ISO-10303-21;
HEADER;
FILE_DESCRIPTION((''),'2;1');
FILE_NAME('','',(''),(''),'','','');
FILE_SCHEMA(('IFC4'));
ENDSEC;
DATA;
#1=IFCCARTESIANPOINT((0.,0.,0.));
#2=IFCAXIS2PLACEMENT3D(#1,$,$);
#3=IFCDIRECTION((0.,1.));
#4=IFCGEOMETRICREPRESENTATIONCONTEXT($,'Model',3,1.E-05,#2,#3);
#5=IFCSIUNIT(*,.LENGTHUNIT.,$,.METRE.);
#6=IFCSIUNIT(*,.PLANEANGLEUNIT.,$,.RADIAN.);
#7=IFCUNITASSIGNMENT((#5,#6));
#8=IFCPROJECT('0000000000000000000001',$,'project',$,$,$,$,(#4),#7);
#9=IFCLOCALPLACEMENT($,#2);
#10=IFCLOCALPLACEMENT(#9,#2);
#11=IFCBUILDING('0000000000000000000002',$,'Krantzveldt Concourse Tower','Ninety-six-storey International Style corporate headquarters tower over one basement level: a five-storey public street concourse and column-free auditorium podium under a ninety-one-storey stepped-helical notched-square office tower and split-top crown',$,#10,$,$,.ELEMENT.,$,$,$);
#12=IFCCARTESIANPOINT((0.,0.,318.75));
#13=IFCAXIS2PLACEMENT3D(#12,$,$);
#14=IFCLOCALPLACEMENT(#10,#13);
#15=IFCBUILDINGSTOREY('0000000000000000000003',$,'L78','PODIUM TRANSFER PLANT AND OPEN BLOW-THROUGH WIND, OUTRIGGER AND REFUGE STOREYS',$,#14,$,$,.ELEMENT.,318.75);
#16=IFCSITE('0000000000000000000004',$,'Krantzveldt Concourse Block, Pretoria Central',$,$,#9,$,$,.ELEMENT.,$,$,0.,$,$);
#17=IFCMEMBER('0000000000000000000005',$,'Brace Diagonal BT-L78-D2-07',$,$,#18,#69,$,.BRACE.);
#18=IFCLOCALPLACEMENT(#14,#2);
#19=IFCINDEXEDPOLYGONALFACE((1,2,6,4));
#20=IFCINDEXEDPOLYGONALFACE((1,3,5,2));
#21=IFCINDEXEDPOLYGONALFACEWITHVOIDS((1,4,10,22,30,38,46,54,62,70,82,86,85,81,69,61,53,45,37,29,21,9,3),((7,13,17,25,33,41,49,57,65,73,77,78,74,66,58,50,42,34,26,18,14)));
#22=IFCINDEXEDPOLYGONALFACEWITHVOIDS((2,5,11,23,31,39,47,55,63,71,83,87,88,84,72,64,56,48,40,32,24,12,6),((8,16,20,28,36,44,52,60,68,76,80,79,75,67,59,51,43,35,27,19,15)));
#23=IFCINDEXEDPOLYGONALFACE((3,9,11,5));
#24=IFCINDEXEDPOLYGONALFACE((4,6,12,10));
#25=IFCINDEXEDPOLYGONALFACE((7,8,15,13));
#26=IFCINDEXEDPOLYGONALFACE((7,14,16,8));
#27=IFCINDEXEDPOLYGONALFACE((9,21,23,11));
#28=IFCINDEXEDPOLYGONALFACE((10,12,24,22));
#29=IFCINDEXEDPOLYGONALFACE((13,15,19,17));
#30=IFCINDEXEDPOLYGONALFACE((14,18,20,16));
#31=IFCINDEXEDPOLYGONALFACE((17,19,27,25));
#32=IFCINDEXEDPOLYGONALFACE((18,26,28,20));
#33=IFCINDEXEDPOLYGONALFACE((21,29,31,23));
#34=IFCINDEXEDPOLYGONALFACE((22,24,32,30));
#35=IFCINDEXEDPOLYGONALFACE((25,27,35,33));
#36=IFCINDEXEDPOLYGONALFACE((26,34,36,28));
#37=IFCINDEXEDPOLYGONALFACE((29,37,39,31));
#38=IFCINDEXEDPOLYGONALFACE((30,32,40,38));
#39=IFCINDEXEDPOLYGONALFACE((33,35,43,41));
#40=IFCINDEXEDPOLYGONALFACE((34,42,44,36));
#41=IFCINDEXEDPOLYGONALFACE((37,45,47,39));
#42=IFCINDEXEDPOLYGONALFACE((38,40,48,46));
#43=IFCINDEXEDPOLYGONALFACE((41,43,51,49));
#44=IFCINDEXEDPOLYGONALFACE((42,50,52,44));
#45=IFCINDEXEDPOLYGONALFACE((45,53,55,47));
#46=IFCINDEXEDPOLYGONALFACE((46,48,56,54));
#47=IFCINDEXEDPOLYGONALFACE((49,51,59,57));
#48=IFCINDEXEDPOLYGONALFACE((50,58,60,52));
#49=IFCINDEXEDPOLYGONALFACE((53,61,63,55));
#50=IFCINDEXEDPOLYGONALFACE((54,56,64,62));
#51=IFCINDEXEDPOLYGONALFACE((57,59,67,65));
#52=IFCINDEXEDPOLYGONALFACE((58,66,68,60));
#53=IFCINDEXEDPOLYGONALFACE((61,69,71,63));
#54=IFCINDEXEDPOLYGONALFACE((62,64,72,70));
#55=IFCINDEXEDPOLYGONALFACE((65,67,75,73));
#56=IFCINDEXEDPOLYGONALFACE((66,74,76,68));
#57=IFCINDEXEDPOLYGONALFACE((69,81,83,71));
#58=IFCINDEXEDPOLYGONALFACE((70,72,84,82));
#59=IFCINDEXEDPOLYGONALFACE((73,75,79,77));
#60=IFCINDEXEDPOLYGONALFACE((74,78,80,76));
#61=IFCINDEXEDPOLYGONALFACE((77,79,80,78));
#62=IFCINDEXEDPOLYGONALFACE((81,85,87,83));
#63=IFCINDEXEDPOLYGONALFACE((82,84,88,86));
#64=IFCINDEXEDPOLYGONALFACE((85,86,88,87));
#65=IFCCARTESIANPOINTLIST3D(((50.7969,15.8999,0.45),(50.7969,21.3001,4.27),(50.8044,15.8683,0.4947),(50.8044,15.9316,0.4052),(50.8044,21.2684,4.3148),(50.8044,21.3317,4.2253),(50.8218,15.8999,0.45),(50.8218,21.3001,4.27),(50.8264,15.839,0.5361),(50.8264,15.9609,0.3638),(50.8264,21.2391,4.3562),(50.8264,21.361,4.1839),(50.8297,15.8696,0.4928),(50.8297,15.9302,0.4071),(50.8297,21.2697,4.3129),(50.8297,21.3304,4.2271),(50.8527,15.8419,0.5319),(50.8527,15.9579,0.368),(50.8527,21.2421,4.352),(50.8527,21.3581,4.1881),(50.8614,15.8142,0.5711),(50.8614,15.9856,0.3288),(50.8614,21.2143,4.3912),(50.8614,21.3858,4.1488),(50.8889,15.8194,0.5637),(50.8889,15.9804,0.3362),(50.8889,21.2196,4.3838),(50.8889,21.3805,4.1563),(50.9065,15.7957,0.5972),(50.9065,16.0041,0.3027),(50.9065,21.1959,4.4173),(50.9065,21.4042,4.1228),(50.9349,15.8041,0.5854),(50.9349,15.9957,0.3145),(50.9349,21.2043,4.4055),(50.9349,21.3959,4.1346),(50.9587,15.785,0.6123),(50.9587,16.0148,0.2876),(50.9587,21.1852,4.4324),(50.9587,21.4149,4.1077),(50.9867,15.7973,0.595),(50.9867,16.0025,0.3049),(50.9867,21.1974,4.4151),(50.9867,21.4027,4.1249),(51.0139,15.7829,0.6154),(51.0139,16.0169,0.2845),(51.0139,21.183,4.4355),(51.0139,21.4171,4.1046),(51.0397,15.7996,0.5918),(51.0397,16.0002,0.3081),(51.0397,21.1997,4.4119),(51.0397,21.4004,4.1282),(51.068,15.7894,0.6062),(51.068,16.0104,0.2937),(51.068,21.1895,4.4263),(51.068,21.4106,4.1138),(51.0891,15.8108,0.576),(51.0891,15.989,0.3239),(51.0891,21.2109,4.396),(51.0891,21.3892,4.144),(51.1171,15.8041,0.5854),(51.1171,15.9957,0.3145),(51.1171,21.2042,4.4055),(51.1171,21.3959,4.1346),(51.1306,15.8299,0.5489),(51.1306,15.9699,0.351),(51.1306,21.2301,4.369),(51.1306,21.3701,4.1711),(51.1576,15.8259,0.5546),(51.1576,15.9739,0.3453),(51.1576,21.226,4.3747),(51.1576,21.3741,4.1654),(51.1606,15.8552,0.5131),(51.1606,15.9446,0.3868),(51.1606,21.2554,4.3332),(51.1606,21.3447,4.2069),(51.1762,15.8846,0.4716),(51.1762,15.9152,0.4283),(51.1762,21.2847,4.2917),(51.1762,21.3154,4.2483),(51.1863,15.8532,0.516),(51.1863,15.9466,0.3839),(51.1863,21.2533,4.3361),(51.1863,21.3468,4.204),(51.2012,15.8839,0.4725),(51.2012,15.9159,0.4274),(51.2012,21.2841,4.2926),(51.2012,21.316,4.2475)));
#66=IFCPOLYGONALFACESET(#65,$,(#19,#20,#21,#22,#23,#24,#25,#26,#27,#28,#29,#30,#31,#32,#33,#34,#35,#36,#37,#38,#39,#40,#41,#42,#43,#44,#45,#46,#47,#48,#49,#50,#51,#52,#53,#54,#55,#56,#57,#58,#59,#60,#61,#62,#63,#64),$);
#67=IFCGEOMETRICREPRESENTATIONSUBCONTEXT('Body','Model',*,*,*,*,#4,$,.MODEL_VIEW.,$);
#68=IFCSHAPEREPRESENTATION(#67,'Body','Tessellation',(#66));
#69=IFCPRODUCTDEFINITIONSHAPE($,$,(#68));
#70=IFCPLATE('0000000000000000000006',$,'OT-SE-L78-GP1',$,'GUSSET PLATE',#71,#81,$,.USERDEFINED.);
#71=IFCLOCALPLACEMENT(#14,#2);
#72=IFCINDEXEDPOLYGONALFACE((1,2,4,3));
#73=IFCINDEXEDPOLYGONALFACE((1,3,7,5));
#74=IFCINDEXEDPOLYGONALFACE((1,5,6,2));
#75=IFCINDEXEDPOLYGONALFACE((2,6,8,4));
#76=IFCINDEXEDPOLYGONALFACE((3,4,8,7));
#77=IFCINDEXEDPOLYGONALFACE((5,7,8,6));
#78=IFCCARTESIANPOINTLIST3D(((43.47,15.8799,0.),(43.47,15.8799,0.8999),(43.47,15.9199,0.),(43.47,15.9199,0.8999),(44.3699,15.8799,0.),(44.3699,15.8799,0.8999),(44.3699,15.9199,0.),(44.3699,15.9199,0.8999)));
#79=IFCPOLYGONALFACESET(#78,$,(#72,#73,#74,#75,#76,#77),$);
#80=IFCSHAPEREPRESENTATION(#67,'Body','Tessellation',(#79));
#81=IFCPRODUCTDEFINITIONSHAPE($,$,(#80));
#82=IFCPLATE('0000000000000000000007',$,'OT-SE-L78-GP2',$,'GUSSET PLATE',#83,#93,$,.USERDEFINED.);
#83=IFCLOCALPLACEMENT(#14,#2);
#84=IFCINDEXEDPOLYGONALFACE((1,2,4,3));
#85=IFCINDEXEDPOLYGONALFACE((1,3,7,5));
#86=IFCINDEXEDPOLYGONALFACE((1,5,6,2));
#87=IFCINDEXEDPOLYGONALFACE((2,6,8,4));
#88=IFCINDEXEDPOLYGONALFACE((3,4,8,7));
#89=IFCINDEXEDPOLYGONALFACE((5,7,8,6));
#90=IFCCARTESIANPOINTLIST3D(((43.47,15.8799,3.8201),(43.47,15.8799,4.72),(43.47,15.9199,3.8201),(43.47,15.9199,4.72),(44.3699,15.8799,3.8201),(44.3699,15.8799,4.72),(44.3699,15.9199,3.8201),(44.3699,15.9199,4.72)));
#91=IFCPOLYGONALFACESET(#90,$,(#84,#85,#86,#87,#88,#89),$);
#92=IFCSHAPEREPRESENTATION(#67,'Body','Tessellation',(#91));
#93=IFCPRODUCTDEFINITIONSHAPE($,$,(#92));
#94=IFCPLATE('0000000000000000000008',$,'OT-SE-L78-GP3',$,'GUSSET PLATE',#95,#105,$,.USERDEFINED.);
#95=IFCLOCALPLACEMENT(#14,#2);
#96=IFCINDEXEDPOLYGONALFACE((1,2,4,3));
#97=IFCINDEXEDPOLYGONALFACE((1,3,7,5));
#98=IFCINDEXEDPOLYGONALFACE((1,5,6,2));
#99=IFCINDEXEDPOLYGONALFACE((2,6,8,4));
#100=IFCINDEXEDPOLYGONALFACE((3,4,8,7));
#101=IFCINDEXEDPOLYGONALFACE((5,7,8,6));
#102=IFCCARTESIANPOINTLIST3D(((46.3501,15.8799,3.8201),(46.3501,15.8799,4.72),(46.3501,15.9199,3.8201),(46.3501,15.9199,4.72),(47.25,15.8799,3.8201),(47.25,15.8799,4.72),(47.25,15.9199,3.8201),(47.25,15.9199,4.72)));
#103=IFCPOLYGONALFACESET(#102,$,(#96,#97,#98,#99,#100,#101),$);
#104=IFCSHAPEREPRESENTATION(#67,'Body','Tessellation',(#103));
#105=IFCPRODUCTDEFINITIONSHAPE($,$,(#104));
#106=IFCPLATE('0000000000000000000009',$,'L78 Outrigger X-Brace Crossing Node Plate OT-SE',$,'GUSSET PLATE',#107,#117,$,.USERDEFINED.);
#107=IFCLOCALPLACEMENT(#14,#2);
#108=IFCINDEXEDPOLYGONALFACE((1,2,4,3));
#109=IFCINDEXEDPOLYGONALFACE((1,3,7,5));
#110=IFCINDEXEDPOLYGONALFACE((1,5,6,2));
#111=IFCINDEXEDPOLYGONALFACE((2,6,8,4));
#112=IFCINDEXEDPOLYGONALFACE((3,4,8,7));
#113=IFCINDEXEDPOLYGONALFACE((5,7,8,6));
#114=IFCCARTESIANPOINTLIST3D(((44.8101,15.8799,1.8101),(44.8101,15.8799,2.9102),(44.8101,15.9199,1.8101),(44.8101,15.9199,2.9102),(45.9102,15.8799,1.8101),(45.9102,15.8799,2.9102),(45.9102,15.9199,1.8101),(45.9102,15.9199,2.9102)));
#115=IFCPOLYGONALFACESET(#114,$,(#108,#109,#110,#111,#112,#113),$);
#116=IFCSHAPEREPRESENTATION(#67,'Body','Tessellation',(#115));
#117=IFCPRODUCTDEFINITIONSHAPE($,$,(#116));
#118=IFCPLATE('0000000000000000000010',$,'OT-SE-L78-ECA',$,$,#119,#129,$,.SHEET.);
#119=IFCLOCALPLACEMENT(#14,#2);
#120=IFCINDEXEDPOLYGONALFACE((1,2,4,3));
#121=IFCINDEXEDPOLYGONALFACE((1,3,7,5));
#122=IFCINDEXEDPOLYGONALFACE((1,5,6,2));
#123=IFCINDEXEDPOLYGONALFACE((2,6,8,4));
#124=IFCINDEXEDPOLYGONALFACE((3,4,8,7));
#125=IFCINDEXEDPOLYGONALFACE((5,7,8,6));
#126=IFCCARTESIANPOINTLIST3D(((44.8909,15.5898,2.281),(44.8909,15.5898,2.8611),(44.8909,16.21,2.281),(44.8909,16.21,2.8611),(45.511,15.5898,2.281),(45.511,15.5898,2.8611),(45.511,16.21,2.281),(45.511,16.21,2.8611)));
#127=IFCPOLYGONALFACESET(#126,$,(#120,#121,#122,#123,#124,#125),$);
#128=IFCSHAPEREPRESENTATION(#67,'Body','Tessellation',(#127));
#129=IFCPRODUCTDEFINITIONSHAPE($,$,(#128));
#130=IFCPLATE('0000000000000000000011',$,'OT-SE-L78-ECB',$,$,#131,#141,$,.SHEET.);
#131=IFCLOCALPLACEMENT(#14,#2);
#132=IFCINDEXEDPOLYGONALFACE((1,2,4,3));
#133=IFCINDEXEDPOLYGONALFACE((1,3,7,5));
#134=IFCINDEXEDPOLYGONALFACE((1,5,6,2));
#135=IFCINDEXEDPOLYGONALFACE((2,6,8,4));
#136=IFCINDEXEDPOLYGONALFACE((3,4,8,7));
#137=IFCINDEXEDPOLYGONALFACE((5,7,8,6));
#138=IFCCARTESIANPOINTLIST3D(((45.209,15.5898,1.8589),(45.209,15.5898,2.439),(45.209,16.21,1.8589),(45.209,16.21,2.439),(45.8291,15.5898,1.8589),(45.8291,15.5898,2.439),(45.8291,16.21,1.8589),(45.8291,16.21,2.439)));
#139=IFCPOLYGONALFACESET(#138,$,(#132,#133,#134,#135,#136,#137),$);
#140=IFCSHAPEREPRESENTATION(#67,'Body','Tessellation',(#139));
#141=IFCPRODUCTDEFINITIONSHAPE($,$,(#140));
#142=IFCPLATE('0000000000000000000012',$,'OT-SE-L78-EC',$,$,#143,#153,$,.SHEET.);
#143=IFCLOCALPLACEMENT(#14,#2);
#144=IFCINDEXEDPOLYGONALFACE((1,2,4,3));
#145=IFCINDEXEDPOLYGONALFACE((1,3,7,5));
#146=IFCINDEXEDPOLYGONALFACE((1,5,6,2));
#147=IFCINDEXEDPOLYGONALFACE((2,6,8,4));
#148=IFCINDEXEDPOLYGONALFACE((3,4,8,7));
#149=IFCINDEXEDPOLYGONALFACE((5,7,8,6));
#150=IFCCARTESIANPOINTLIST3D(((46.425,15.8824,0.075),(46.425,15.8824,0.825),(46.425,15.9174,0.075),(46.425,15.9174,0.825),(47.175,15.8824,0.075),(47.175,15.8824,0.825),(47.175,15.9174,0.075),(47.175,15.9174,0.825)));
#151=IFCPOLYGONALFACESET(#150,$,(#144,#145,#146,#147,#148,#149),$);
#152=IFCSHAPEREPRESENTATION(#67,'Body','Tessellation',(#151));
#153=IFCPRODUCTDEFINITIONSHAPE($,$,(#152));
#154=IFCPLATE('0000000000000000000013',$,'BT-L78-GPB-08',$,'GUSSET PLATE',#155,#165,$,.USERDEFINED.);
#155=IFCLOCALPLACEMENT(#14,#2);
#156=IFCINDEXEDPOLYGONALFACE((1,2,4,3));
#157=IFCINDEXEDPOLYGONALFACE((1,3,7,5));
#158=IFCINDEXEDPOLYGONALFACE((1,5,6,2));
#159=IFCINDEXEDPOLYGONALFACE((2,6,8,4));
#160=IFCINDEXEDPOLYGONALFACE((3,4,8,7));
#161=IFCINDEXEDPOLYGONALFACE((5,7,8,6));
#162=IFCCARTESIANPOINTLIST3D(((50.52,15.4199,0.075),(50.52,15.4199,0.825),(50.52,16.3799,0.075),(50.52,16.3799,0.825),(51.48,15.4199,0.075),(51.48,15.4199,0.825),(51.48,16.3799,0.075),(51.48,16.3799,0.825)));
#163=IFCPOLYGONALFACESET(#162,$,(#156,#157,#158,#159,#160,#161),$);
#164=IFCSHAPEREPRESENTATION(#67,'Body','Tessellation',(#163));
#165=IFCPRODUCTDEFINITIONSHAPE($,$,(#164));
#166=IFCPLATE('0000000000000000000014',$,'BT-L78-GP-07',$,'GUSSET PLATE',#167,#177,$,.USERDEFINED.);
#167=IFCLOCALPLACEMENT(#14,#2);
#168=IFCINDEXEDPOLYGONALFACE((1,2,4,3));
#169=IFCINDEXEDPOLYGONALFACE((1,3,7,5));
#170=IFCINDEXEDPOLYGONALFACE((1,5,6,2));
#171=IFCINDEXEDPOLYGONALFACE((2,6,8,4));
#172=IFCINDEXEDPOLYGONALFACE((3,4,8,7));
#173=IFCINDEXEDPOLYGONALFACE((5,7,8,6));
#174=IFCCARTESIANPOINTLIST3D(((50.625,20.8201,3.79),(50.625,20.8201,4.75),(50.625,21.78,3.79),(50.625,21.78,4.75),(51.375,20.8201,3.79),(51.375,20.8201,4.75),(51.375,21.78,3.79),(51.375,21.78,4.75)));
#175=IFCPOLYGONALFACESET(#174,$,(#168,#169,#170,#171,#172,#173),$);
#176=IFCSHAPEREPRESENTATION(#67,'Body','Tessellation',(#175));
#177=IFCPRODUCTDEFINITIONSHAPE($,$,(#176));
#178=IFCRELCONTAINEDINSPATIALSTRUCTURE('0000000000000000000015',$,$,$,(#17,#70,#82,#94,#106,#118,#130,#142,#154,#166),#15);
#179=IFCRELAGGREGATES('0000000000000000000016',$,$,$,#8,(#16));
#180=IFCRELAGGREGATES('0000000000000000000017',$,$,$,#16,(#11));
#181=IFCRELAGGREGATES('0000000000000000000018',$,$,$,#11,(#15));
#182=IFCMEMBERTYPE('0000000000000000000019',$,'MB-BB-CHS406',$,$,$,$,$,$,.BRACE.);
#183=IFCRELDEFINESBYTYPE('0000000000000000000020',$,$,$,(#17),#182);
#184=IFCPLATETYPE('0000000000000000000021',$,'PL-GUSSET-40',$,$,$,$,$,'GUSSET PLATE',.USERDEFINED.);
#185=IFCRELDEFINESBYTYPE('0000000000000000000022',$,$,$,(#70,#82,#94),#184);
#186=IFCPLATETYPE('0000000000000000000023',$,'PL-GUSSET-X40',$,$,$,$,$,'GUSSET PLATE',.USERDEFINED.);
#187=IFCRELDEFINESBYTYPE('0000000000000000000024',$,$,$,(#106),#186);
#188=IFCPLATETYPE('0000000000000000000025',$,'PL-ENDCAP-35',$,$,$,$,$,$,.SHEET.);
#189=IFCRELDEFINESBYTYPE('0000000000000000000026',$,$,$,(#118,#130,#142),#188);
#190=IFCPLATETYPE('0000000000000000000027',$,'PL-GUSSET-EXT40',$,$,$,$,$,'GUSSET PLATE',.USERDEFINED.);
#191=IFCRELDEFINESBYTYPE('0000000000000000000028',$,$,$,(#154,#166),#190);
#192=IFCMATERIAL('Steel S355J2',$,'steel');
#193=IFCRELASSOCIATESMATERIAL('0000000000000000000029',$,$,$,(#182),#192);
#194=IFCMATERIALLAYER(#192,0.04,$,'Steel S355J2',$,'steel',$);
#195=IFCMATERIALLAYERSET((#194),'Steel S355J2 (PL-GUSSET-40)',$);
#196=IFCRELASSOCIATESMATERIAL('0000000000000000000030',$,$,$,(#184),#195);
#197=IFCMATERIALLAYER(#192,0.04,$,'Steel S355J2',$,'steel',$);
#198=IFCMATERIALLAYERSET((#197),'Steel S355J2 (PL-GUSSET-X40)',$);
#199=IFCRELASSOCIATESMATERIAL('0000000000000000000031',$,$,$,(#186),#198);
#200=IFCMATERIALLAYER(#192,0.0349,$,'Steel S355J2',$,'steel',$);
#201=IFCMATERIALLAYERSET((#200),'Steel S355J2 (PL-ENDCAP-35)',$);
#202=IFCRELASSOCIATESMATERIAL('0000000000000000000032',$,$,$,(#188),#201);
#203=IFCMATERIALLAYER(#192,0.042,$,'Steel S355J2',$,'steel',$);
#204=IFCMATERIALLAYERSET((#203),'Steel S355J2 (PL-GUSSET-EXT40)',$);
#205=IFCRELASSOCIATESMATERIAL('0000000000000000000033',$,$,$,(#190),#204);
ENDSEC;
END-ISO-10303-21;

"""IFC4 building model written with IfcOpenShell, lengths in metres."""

from ifc_helpers import new_model, si_unit, direction, frame, origin, origin_2d, place, context, subcontext, project, spatial, rectangle, hollow_circle, extrude, source, transform, mapped, material, layer, layer_set, material_profile, profile_set, type_object, type_shapes, element, save


model = new_model("IFC4")

# Units and contexts
model_context = context("Model", 3, precision=1e-05, world=origin(), true_north=direction((0.0, 1.0)))
body_context = subcontext(model_context, "Body", "Model", "MODEL_VIEW")
ifc_project = project(units=[si_unit("LENGTHUNIT", "METRE"), si_unit("PLANEANGLEUNIT", "RADIAN")], contexts=[model_context])

# Site, building, storey
site_placement = place(None, origin())
site = spatial("IfcSite", under=ifc_project, at=site_placement, Name="Krantzveldt Concourse Block, Pretoria Central", CompositionType="ELEMENT", RefElevation=0.0)
building_placement = place(site_placement, origin())
building = spatial("IfcBuilding", under=site, at=building_placement, Name="Krantzveldt Concourse Tower", Description="Ninety-six-storey International Style corporate headquarters tower over one basement level: a five-storey public street concourse and column-free auditorium podium under a ninety-one-storey stepped-helical notched-square office tower and split-top crown", CompositionType="ELEMENT")
storey_placement = place(building_placement, frame((0.0, 0.0, 318.75)))
storey = spatial("IfcBuildingStorey", under=building, at=storey_placement, Name="L78", Description="PODIUM TRANSFER PLANT AND OPEN BLOW-THROUGH WIND, OUTRIGGER AND REFUGE STOREYS", CompositionType="ELEMENT", Elevation=318.75)

# Shared definitions
ifc_material_1 = material(Name="Steel S355J2", Category="steel")

# Member
ifc_material_profile_1 = material_profile(ifc_material_1, hollow_circle(Radius=0.2031, WallThickness=0.0249, at=origin_2d()), Name="Steel S355J2", Category="steel")
ifc_profile_set_1 = profile_set([ifc_material_profile_1], Name="Steel S355J2 - CHS 406.4x25")
member_type_1 = type_object("IfcMemberType", Name="MB-BB-CHS406", PredefinedType="BRACE", material=ifc_profile_set_1)
shared_shape_1 = source(origin(), body_context, "Body", "SweptSolid", [
    extrude(hollow_circle(Radius=0.2031, WallThickness=0.0249, at=origin_2d()), origin(), (0.0, 0.0, 1.0), 6.6147),
])
type_shapes(member_type_1, [shared_shape_1])
member_1_placement = place(storey_placement, frame((51.0, 15.8999, 0.45), z_axis=(0.0, 0.816383, 0.57751), x_axis=(-1.0, 0.0, 0.0)))
element("IfcMember", 1, at=member_1_placement, inside=storey, type_object=member_type_1, Name="Brace Diagonal BT-L78-D2-07", PredefinedType="BRACE", context=body_context, shape_type="MappedRepresentation", body=[
    mapped(shared_shape_1, transform((0.0, 0.0, 0.0), x_axis=(1.0, 0.0, 0.0), y_axis=(0.0, 1.0, 0.0), z_axis=(0.0, 0.0, 1.0), scale=1.0)),
])

# Plates
ifc_layer_1 = layer(ifc_material_1, 0.04, Name="Steel S355J2", Category="steel")
ifc_layer_set_1 = layer_set([ifc_layer_1], Name="Steel S355J2 (PL-GUSSET-40)")
plate_type_1 = type_object("IfcPlateType", Name="PL-GUSSET-40", ElementType="GUSSET PLATE", PredefinedType="USERDEFINED", material=ifc_layer_set_1)
shared_shape_2 = source(origin(), body_context, "Body", "SweptSolid", [
    extrude(rectangle(XDim=0.8999, YDim=0.04, at=origin_2d()), origin(), (0.0, 0.0, 1.0), 0.8999),
])
type_shapes(plate_type_1, [shared_shape_2])
for number, where, z_axis, x_axis, name in (
    (2, (43.9199, 15.8999, 0.0), (0.0, 0.0, 1.0), (1.0, 0.0, 0.0), "OT-SE-L78-GP1"),
    (3, (43.9199, 15.8999, 3.8201), (0.0, 0.0, 1.0), (1.0, 0.0, 0.0), "OT-SE-L78-GP2"),
    (4, (46.8, 15.8999, 3.8201), (0.0, 0.0, 1.0), (1.0, 0.0, 0.0), "OT-SE-L78-GP3"),
):
    element("IfcPlate", number, at=place(storey_placement, frame(where, z_axis=z_axis, x_axis=x_axis)), inside=storey, type_object=plate_type_1, Name=name, ObjectType="GUSSET PLATE", PredefinedType="USERDEFINED", context=body_context, shape_type="MappedRepresentation", body=[
        mapped(shared_shape_2, transform((0.0, 0.0, 0.0), x_axis=(1.0, 0.0, 0.0), y_axis=(0.0, 1.0, 0.0), z_axis=(0.0, 0.0, 1.0), scale=1.0)),
    ])
ifc_layer_2 = layer(ifc_material_1, 0.04, Name="Steel S355J2", Category="steel")
ifc_layer_set_2 = layer_set([ifc_layer_2], Name="Steel S355J2 (PL-GUSSET-X40)")
plate_type_2 = type_object("IfcPlateType", Name="PL-GUSSET-X40", ElementType="GUSSET PLATE", PredefinedType="USERDEFINED", material=ifc_layer_set_2)
shared_shape_3 = source(origin(), body_context, "Body", "SweptSolid", [
    extrude(rectangle(XDim=1.1001, YDim=0.04, at=origin_2d()), origin(), (0.0, 0.0, 1.0), 1.1001),
])
type_shapes(plate_type_2, [shared_shape_3])
plate_1_placement = place(storey_placement, frame((45.3601, 15.8999, 1.8101), z_axis=(0.0, 0.0, 1.0), x_axis=(1.0, 0.0, 0.0)))
element("IfcPlate", 5, at=plate_1_placement, inside=storey, type_object=plate_type_2, Name="L78 Outrigger X-Brace Crossing Node Plate OT-SE", ObjectType="GUSSET PLATE", PredefinedType="USERDEFINED", context=body_context, shape_type="MappedRepresentation", body=[
    mapped(shared_shape_3, transform((0.0, 0.0, 0.0), x_axis=(1.0, 0.0, 0.0), y_axis=(0.0, 1.0, 0.0), z_axis=(0.0, 0.0, 1.0), scale=1.0)),
])
ifc_layer_3 = layer(ifc_material_1, 0.0349, Name="Steel S355J2", Category="steel")
ifc_layer_set_3 = layer_set([ifc_layer_3], Name="Steel S355J2 (PL-ENDCAP-35)")
plate_type_3 = type_object("IfcPlateType", Name="PL-ENDCAP-35", PredefinedType="SHEET", material=ifc_layer_set_3)
shared_shape_4 = source(origin(), body_context, "Body", "SweptSolid", [
    extrude(rectangle(XDim=0.6201, YDim=0.6201, at=origin_2d()), origin(), (0.0, 0.0, 1.0), 0.5801),
])
for number, where, z_axis, x_axis, name in (
    (6, (45.2009, 15.8999, 2.281), (0.0, 0.0, 1.0), (1.0, 0.0, 0.0), "OT-SE-L78-ECA"),
    (7, (45.519, 15.8999, 1.8589), (0.0, 0.0, 1.0), (1.0, 0.0, 0.0), "OT-SE-L78-ECB"),
):
    element("IfcPlate", number, at=place(storey_placement, frame(where, z_axis=z_axis, x_axis=x_axis)), inside=storey, type_object=plate_type_3, Name=name, PredefinedType="SHEET", context=body_context, shape_type="MappedRepresentation", body=[
        mapped(shared_shape_4, transform((0.0, 0.0, 0.0), x_axis=(1.0, 0.0, 0.0), y_axis=(0.0, 1.0, 0.0), z_axis=(0.0, 0.0, 1.0), scale=1.0)),
    ])
shared_shape_5 = source(origin(), body_context, "Body", "SweptSolid", [
    extrude(rectangle(XDim=0.75, YDim=0.0349, at=origin_2d()), origin(), (0.0, 0.0, 1.0), 0.75),
])
type_shapes(plate_type_3, [shared_shape_4, shared_shape_5])
plate_2_placement = place(storey_placement, frame((46.8, 15.8999, 0.075), z_axis=(0.0, 0.0, 1.0), x_axis=(1.0, 0.0, 0.0)))
element("IfcPlate", 8, at=plate_2_placement, inside=storey, type_object=plate_type_3, Name="OT-SE-L78-EC", PredefinedType="SHEET", context=body_context, shape_type="MappedRepresentation", body=[
    mapped(shared_shape_5, transform((0.0, 0.0, 0.0), x_axis=(1.0, 0.0, 0.0), y_axis=(0.0, 1.0, 0.0), z_axis=(0.0, 0.0, 1.0), scale=1.0)),
])
ifc_layer_4 = layer(ifc_material_1, 0.042, Name="Steel S355J2", Category="steel")
ifc_layer_set_4 = layer_set([ifc_layer_4], Name="Steel S355J2 (PL-GUSSET-EXT40)")
plate_type_4 = type_object("IfcPlateType", Name="PL-GUSSET-EXT40", ElementType="GUSSET PLATE", PredefinedType="USERDEFINED", material=ifc_layer_set_4)
shared_shape_6 = source(origin(), body_context, "Body", "SweptSolid", [
    extrude(rectangle(XDim=0.96, YDim=0.96, at=origin_2d()), origin(), (0.0, 0.0, 1.0), 0.75),
])
plate_3_placement = place(storey_placement, frame((51.0, 15.8999, 0.075), z_axis=(0.0, 0.0, 1.0), x_axis=(1.0, 0.0, 0.0)))
element("IfcPlate", 9, at=plate_3_placement, inside=storey, type_object=plate_type_4, Name="BT-L78-GPB-08", ObjectType="GUSSET PLATE", PredefinedType="USERDEFINED", context=body_context, shape_type="MappedRepresentation", body=[
    mapped(shared_shape_6, transform((0.0, 0.0, 0.0), x_axis=(1.0, 0.0, 0.0), y_axis=(0.0, 1.0, 0.0), z_axis=(0.0, 0.0, 1.0), scale=1.0)),
])
shared_shape_7 = source(origin(), body_context, "Body", "SweptSolid", [
    extrude(rectangle(XDim=0.96, YDim=0.75, at=origin_2d()), origin(), (0.0, 0.0, 1.0), 0.96),
])
type_shapes(plate_type_4, [shared_shape_6, shared_shape_7])
plate_4_placement = place(storey_placement, frame((51.0, 21.3, 3.79), z_axis=(0.0, 0.0, 1.0), x_axis=(0.0, 1.0, 0.0)))
element("IfcPlate", 10, at=plate_4_placement, inside=storey, type_object=plate_type_4, Name="BT-L78-GP-07", ObjectType="GUSSET PLATE", PredefinedType="USERDEFINED", context=body_context, shape_type="MappedRepresentation", body=[
    mapped(shared_shape_7, transform((0.0, 0.0, 0.0), x_axis=(1.0, 0.0, 0.0), y_axis=(0.0, 1.0, 0.0), z_axis=(0.0, 0.0, 1.0), scale=1.0)),
])

save(model, "model.ifc")
